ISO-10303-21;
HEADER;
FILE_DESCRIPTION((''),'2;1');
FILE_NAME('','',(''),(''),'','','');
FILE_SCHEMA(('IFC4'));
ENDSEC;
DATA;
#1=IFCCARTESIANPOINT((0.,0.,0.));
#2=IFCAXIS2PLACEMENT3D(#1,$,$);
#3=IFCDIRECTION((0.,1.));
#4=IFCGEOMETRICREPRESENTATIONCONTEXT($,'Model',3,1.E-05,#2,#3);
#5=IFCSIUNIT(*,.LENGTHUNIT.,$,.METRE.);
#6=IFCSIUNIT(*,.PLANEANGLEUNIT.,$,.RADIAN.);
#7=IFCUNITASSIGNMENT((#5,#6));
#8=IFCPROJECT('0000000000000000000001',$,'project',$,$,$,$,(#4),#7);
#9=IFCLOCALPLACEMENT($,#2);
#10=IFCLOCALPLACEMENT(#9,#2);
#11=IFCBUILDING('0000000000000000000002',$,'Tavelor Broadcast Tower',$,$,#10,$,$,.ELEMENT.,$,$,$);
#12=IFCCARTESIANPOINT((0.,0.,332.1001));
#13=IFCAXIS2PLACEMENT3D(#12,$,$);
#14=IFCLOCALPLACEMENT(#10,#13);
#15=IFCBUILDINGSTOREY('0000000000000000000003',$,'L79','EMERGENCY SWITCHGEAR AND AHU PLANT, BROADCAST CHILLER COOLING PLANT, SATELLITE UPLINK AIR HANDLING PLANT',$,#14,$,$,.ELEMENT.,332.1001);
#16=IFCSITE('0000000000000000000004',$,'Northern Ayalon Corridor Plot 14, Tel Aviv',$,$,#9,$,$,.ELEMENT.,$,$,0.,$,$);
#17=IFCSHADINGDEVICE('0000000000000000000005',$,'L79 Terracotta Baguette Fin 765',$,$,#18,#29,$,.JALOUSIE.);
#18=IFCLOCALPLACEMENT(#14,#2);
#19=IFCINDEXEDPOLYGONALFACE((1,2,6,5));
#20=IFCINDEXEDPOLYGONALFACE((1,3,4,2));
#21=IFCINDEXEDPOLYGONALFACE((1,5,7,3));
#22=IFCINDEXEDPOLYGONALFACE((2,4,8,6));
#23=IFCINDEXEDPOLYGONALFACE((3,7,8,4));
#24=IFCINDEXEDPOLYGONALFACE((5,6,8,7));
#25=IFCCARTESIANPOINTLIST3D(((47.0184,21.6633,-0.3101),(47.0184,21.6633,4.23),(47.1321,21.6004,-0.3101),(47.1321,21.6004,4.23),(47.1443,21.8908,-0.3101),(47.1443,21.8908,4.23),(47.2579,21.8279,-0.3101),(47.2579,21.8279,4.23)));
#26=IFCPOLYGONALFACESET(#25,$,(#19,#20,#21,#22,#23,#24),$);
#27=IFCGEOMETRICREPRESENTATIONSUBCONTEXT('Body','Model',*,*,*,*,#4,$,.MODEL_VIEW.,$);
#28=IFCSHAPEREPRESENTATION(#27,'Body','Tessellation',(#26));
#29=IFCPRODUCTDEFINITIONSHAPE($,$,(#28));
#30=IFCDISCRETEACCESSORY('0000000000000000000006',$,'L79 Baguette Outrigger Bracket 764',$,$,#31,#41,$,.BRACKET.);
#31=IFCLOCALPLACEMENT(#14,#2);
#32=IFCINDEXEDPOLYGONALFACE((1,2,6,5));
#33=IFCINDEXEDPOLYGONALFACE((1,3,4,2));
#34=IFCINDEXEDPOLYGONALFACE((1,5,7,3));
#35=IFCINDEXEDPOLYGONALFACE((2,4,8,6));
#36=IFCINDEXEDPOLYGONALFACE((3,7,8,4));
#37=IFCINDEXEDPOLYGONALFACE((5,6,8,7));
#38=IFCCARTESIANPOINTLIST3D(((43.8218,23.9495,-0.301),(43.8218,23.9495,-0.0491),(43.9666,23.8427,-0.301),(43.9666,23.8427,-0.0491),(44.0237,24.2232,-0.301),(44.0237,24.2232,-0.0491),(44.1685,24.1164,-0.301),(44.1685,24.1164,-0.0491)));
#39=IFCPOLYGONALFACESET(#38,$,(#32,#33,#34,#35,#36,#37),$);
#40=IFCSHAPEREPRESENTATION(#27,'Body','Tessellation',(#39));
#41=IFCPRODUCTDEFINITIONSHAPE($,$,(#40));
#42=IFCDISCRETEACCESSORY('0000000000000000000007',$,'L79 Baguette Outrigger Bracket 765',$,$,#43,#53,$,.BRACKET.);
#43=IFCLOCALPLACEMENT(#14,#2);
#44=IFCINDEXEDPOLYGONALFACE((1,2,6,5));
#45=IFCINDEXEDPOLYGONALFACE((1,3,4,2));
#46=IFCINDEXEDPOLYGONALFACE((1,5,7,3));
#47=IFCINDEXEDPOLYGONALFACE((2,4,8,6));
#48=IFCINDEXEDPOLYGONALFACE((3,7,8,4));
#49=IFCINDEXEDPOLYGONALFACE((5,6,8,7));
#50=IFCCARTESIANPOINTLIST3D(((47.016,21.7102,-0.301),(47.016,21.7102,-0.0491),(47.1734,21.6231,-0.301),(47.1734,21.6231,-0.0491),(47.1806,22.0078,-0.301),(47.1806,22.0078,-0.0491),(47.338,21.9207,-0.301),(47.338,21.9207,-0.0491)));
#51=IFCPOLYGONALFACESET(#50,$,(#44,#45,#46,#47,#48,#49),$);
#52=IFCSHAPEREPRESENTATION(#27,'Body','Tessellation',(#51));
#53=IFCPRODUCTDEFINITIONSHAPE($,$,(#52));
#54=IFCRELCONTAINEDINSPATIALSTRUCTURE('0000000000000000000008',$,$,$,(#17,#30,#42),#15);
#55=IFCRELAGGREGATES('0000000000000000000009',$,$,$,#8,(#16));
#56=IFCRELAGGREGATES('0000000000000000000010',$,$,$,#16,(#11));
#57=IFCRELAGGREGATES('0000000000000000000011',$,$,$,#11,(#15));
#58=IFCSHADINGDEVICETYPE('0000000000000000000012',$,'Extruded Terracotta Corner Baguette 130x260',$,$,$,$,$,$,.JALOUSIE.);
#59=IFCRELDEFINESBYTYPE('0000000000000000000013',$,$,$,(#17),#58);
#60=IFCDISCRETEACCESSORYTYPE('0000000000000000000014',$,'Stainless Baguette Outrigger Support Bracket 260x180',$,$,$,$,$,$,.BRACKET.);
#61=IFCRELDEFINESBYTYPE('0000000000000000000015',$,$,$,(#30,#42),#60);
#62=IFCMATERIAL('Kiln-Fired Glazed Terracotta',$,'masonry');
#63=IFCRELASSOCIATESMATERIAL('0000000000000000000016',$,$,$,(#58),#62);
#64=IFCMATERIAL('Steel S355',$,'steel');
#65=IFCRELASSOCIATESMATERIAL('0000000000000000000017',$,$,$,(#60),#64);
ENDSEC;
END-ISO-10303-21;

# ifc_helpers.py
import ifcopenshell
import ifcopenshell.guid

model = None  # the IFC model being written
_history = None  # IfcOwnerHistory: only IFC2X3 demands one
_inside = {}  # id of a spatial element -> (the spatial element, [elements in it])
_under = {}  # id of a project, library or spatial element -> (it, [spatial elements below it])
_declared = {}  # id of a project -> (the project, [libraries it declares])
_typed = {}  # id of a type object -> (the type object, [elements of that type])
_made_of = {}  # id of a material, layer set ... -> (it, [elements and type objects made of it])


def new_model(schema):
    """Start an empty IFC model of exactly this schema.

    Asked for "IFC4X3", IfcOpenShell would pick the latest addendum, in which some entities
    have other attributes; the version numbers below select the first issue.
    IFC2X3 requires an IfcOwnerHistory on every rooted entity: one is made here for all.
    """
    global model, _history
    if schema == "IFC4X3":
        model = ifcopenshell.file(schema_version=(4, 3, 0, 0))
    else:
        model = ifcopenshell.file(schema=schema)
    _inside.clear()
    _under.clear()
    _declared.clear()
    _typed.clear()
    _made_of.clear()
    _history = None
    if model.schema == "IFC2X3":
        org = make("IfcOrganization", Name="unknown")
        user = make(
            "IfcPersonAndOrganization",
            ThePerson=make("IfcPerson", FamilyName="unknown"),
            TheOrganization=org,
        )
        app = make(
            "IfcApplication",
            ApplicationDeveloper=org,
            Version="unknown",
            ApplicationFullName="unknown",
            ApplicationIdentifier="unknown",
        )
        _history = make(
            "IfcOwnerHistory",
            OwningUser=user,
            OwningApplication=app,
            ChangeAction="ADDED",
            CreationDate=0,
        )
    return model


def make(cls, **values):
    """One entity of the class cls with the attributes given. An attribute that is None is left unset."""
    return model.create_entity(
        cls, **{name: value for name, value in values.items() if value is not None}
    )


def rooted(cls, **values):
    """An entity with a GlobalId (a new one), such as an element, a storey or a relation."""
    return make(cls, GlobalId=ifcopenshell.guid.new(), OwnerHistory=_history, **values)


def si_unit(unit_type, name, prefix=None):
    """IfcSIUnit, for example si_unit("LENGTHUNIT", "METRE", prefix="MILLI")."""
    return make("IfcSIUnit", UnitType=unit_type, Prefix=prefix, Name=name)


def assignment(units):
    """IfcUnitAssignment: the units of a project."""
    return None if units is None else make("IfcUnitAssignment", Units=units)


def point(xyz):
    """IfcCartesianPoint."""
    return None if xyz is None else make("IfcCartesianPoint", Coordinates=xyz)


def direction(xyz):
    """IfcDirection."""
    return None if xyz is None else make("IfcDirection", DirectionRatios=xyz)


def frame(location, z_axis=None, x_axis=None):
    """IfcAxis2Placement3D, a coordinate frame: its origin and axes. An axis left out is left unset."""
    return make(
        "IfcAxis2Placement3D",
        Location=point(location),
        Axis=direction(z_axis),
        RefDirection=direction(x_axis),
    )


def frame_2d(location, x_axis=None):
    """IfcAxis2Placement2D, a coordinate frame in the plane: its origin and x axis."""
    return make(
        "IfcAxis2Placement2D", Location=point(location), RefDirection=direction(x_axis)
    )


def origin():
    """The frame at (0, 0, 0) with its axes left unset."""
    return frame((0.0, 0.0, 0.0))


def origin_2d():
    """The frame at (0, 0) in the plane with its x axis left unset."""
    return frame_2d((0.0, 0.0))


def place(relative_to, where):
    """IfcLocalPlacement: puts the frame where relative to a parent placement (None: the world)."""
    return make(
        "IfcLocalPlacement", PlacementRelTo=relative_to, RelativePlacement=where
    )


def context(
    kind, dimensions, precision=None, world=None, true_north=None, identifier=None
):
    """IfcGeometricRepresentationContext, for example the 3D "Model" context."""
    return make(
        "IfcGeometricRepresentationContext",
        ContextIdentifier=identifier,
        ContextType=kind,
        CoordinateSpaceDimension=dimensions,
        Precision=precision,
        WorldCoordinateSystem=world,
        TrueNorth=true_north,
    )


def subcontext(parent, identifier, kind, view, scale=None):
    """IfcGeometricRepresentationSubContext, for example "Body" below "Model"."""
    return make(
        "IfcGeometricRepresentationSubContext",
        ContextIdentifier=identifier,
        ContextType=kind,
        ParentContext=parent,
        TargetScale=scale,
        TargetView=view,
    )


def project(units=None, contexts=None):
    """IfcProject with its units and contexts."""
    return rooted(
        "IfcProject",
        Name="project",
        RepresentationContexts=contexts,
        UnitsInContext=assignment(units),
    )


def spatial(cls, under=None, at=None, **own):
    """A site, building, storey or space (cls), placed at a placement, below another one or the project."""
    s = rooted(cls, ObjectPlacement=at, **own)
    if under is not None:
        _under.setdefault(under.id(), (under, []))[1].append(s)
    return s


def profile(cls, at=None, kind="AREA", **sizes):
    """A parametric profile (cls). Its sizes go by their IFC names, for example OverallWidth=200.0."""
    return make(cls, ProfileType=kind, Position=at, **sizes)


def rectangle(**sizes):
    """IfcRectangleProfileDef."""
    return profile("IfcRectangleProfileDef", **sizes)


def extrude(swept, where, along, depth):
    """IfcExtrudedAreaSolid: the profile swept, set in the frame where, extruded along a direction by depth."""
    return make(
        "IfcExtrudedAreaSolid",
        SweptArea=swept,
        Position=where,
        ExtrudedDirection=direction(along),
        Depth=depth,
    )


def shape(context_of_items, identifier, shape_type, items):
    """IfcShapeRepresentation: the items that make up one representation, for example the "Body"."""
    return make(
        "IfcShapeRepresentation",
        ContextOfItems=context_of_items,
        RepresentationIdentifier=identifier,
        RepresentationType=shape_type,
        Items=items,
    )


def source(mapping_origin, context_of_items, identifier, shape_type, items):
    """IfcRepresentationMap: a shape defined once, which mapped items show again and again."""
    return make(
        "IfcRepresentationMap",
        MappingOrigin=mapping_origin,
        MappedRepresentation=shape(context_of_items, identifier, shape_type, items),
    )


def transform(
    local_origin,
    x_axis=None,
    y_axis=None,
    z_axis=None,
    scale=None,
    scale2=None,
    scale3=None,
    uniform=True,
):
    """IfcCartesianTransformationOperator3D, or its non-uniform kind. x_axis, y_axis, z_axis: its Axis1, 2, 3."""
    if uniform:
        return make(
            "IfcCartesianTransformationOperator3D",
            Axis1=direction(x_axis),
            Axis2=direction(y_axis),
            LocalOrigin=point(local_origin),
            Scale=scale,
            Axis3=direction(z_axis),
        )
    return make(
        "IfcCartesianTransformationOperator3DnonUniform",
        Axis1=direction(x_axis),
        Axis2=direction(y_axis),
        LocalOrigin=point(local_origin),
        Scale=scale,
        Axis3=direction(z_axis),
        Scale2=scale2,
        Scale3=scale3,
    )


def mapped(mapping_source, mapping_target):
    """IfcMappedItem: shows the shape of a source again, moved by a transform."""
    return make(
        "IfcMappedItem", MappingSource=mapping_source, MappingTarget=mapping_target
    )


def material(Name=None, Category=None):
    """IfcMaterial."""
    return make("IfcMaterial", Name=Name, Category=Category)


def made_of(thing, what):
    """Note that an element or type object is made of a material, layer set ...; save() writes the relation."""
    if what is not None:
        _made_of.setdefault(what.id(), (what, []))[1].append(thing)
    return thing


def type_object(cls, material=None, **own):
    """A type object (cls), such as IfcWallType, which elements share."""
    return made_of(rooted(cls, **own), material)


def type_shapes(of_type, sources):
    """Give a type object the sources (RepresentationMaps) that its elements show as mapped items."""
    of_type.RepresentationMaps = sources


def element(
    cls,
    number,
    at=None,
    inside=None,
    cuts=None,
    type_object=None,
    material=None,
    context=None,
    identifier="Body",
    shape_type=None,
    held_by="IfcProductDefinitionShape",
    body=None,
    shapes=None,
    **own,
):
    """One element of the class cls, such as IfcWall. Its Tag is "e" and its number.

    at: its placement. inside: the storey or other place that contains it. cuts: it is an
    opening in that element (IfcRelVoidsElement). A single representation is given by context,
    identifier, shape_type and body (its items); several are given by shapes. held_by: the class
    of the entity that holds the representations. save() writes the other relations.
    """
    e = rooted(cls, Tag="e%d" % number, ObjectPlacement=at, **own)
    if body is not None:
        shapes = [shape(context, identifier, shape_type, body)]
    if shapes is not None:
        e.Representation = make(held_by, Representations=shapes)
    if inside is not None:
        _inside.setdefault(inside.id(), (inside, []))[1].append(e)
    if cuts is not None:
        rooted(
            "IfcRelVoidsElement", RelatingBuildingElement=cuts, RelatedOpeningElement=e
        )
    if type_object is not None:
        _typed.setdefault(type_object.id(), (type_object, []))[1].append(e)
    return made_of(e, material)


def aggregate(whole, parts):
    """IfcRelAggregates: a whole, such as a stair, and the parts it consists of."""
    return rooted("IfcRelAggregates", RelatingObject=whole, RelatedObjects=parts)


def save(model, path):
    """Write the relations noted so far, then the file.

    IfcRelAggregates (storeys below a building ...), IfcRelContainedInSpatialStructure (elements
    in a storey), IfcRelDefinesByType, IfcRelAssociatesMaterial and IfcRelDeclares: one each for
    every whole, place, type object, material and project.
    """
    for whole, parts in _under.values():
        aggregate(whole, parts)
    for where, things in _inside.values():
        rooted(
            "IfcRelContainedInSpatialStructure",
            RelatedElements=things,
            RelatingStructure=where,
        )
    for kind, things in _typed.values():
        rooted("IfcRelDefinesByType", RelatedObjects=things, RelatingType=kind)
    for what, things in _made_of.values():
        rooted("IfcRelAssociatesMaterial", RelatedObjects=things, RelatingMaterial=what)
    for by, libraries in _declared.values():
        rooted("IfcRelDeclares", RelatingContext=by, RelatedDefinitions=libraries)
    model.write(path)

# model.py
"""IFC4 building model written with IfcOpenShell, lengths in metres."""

from ifc_helpers import new_model, si_unit, direction, frame, origin, origin_2d, place, context, subcontext, project, spatial, rectangle, extrude, source, transform, mapped, material, type_object, type_shapes, element, save


model = new_model("IFC4")

# Units and contexts
model_context = context("Model", 3, precision=1e-05, world=origin(), true_north=direction((0.0, 1.0)))
body_context = subcontext(model_context, "Body", "Model", "MODEL_VIEW")
ifc_project = project(units=[si_unit("LENGTHUNIT", "METRE"), si_unit("PLANEANGLEUNIT", "RADIAN")], contexts=[model_context])

# Site, building, storey
site_placement = place(None, origin())
site = spatial("IfcSite", under=ifc_project, at=site_placement, Name="Northern Ayalon Corridor Plot 14, Tel Aviv", CompositionType="ELEMENT", RefElevation=0.0)
building_placement = place(site_placement, origin())
building = spatial("IfcBuilding", under=site, at=building_placement, Name="Tavelor Broadcast Tower", CompositionType="ELEMENT")
storey_placement = place(building_placement, frame((0.0, 0.0, 332.1001)))
storey = spatial("IfcBuildingStorey", under=building, at=storey_placement, Name="L79", Description="EMERGENCY SWITCHGEAR AND AHU PLANT, BROADCAST CHILLER COOLING PLANT, SATELLITE UPLINK AIR HANDLING PLANT", CompositionType="ELEMENT", Elevation=332.1001)

# Shared definitions
ifc_material_1 = material(Name="Steel S355", Category="steel")

# Shading device
ifc_material_2 = material(Name="Kiln-Fired Glazed Terracotta", Category="masonry")
shading_device_type = type_object("IfcShadingDeviceType", Name="Extruded Terracotta Corner Baguette 130x260", PredefinedType="JALOUSIE", material=ifc_material_2)
shared_shape_1 = source(origin(), body_context, "Body", "SweptSolid", [
    extrude(rectangle(XDim=0.1299, YDim=0.26, at=origin_2d()), origin(), (0.0, 0.0, 1.0), 4.54),
])
type_shapes(shading_device_type, [shared_shape_1])
for number, where, z_axis, x_axis, name in (
    (1, (47.1382, 21.7456, -0.3101), (0.0, 0.0, 1.0), (0.875042, -0.484046, 0.0), "L79 Terracotta Baguette Fin 765"),
):
    element("IfcShadingDevice", number, at=place(storey_placement, frame(where, z_axis=z_axis, x_axis=x_axis)), inside=storey, type_object=shading_device_type, Name=name, PredefinedType="JALOUSIE", context=body_context, shape_type="MappedRepresentation", body=[
        mapped(shared_shape_1, transform((0.0, 0.0, 0.0), scale=1.0)),
    ])

# Discrete accessories
discrete_accessory_type = type_object("IfcDiscreteAccessoryType", Name="Stainless Baguette Outrigger Support Bracket 260x180", PredefinedType="BRACKET", material=ifc_material_1)
shared_shape_2 = source(origin(), body_context, "Body", "SweptSolid", [
    extrude(rectangle(XDim=0.1799, YDim=0.3401, at=origin_2d()), origin(), (0.0, 0.0, 1.0), 0.252),
])
type_shapes(discrete_accessory_type, [shared_shape_2])
for number, where, z_axis, x_axis, name in (
    (2, (43.9951, 24.033, -0.301), (0.0, 0.0, 1.0), (0.804687, -0.5937, 0.0), "L79 Baguette Outrigger Bracket 764"),
    (3, (47.177, 21.8154, -0.301), (0.0, 0.0, 1.0), (0.875042, -0.484046, 0.0), "L79 Baguette Outrigger Bracket 765"),
):
    element("IfcDiscreteAccessory", number, at=place(storey_placement, frame(where, z_axis=z_axis, x_axis=x_axis)), inside=storey, type_object=discrete_accessory_type, Name=name, PredefinedType="BRACKET", context=body_context, shape_type="MappedRepresentation", body=[
        mapped(shared_shape_2, transform((0.0, 0.0, 0.0), scale=1.0)),
    ])

save(model, "model.ifc")
